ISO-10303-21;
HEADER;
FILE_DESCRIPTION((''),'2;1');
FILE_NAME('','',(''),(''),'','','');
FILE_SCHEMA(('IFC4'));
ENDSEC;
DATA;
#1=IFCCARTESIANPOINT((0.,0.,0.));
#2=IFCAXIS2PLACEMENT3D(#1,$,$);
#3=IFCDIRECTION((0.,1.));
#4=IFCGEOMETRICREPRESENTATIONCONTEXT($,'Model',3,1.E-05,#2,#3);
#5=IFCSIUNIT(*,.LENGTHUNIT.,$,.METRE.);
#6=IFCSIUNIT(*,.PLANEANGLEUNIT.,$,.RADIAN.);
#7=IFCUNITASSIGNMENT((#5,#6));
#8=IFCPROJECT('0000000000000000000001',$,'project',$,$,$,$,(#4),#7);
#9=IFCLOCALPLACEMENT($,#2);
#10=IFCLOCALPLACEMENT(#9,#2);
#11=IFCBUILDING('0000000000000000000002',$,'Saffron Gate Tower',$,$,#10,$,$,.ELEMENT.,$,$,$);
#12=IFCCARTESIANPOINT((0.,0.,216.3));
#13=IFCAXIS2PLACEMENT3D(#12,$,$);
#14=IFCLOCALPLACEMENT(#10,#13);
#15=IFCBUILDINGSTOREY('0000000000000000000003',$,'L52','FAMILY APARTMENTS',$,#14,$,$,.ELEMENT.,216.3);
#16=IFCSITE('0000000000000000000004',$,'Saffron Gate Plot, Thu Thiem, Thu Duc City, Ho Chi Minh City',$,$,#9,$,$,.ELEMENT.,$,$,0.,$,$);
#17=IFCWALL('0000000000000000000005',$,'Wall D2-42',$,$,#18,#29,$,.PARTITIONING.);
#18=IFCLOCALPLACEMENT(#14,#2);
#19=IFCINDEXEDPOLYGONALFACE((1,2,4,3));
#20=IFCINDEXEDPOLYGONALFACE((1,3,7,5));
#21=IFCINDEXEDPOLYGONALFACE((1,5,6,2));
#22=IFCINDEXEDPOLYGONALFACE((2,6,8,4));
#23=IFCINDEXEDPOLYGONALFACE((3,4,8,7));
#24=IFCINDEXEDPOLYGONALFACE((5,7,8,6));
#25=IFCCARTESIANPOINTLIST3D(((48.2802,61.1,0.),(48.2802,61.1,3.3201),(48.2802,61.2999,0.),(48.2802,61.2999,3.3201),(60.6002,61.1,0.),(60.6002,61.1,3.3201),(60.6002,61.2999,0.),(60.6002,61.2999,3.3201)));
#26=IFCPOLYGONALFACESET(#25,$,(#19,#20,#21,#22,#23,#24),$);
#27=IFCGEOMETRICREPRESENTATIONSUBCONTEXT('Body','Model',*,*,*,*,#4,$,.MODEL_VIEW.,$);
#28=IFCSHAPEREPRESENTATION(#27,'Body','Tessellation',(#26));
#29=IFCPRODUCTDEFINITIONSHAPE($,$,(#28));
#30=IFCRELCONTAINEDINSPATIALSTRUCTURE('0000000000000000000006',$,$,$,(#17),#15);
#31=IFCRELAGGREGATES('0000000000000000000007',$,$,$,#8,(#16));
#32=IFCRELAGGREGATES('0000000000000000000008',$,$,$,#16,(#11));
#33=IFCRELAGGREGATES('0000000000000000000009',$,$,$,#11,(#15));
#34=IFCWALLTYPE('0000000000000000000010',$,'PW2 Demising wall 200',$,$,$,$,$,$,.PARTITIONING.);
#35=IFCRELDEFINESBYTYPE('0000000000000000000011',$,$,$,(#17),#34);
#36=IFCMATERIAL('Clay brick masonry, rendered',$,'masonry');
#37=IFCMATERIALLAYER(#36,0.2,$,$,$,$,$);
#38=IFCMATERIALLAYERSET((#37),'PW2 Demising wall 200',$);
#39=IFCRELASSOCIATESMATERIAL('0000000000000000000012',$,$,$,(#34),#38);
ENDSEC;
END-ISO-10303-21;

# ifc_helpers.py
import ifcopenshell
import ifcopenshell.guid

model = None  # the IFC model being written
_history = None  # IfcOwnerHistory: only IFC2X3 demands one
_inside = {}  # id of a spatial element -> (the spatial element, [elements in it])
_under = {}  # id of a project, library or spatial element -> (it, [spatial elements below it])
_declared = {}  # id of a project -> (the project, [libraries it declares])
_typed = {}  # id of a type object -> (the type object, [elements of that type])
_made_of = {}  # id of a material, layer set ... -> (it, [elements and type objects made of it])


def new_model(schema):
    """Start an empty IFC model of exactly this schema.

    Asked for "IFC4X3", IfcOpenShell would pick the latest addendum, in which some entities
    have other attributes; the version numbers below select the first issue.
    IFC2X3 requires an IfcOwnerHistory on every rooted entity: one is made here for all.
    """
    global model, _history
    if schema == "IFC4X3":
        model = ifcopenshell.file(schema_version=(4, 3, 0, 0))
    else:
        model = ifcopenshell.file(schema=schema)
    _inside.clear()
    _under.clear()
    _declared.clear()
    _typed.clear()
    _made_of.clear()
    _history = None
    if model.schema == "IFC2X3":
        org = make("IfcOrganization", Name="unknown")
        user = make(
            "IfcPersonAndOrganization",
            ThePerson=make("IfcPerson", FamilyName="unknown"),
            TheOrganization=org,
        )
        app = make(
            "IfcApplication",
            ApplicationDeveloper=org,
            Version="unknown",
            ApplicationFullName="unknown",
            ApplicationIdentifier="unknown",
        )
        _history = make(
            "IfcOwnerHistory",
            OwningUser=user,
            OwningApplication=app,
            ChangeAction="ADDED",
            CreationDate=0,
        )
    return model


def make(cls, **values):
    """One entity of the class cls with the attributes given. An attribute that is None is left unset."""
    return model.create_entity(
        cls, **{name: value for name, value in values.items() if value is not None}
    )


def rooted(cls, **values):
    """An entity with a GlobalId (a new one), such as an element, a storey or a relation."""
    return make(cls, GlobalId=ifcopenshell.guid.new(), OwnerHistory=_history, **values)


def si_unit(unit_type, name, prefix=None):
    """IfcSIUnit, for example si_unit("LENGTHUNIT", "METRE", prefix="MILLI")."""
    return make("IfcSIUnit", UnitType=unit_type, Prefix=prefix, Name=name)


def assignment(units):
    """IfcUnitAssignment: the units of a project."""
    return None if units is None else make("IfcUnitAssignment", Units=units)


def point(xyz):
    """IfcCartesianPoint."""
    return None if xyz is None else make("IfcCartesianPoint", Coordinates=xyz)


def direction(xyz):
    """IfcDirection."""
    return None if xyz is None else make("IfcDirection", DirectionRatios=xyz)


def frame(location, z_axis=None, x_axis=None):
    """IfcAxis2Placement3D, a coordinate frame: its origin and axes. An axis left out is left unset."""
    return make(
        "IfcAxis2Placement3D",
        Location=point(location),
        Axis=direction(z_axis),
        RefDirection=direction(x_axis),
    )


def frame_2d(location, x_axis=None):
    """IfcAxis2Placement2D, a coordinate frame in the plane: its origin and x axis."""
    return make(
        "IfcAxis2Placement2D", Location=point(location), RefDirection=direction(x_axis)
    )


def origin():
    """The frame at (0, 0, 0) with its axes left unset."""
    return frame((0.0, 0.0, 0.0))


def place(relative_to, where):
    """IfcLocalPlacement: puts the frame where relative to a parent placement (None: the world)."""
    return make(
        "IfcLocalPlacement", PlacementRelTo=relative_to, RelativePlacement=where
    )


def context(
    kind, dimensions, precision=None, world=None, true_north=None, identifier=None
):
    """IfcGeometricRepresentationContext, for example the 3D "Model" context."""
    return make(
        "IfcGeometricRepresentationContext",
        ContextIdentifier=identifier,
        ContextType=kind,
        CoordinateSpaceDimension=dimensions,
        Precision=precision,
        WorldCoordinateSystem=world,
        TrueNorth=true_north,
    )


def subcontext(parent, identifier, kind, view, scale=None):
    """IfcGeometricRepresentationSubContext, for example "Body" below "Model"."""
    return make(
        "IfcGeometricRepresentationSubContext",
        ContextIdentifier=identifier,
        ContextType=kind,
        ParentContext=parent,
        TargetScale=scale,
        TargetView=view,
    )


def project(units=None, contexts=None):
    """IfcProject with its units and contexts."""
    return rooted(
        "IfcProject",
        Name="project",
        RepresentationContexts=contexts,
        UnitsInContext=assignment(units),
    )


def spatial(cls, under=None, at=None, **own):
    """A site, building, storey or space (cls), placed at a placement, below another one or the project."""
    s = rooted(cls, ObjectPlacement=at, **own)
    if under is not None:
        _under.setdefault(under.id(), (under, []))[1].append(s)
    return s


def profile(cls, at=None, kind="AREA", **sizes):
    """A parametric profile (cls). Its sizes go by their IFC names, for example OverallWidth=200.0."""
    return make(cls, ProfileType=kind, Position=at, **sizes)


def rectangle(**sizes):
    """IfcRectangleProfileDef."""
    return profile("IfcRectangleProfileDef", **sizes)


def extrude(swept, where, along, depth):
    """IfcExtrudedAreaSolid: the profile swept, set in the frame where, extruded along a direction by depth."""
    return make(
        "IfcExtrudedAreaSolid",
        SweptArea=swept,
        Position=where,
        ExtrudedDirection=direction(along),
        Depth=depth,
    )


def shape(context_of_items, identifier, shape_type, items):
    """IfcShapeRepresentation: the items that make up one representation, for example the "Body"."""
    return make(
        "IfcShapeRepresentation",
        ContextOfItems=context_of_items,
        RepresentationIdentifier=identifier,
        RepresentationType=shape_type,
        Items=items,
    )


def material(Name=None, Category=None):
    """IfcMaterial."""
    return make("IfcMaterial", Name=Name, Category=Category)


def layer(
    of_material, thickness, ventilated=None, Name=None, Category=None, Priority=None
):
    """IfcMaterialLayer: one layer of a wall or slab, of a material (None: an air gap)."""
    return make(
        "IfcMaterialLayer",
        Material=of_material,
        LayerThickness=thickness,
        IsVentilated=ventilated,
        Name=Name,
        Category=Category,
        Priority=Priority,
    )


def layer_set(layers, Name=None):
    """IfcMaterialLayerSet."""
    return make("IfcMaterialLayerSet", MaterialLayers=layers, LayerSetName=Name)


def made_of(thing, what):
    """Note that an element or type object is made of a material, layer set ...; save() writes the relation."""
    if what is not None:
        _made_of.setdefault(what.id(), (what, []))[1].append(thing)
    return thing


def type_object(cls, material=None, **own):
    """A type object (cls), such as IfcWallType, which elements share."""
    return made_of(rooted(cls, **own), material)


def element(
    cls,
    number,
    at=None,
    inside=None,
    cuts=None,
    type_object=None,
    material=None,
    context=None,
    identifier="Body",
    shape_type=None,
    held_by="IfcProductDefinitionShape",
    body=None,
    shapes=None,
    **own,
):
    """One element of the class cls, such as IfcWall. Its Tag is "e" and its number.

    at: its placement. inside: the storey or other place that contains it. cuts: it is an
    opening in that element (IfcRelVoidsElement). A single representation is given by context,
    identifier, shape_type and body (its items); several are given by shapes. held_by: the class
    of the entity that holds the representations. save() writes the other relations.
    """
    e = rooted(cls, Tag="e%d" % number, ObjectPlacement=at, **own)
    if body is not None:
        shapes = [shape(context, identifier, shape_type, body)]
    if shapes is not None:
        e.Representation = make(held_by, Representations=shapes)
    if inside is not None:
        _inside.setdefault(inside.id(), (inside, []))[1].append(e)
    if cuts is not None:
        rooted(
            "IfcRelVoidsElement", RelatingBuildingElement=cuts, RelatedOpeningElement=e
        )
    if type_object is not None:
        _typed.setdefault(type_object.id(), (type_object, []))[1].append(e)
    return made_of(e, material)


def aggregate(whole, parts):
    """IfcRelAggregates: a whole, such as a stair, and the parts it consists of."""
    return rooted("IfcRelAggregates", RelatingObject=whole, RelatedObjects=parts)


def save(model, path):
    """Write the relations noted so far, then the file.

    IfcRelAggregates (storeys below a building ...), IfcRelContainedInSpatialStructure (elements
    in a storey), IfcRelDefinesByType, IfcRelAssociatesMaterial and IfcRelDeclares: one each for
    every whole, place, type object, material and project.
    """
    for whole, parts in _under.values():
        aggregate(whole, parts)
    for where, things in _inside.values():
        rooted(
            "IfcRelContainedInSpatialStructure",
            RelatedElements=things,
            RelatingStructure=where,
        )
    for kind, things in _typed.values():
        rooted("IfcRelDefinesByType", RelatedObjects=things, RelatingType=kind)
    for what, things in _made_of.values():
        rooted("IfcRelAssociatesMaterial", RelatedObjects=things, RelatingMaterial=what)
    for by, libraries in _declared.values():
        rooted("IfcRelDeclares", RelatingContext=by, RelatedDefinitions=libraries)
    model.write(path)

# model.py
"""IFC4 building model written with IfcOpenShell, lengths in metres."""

from ifc_helpers import new_model, si_unit, direction, frame, frame_2d, origin, place, context, subcontext, project, spatial, rectangle, extrude, material, layer, layer_set, type_object, element, save


model = new_model("IFC4")

# Units and contexts
model_context = context("Model", 3, precision=1e-05, world=origin(), true_north=direction((0.0, 1.0)))
body_context = subcontext(model_context, "Body", "Model", "MODEL_VIEW")
ifc_project = project(units=[si_unit("LENGTHUNIT", "METRE"), si_unit("PLANEANGLEUNIT", "RADIAN")], contexts=[model_context])

# Site, building, storey
site_placement = place(None, origin())
site = spatial("IfcSite", under=ifc_project, at=site_placement, Name="Saffron Gate Plot, Thu Thiem, Thu Duc City, Ho Chi Minh City", CompositionType="ELEMENT", RefElevation=0.0)
building_placement = place(site_placement, origin())
building = spatial("IfcBuilding", under=site, at=building_placement, Name="Saffron Gate Tower", CompositionType="ELEMENT")
storey_placement = place(building_placement, frame((0.0, 0.0, 216.3)))
storey = spatial("IfcBuildingStorey", under=building, at=storey_placement, Name="L52", Description="FAMILY APARTMENTS", CompositionType="ELEMENT", Elevation=216.3)

# Wall
ifc_material_1 = material(Name="Clay brick masonry, rendered", Category="masonry")
ifc_layer_1 = layer(ifc_material_1, 0.2)
ifc_layer_set_1 = layer_set([ifc_layer_1], Name="PW2 Demising wall 200")
wall_type_1 = type_object("IfcWallType", Name="PW2 Demising wall 200", PredefinedType="PARTITIONING", material=ifc_layer_set_1)
wall_1_placement = place(storey_placement, frame((48.28, 61.2, 0.0), z_axis=(0.0, 0.0, 1.0), x_axis=(1.0, 0.0, 0.0)))
element("IfcWall", 1, at=wall_1_placement, inside=storey, type_object=wall_type_1, Name="Wall D2-42", PredefinedType="PARTITIONING", context=body_context, shape_type="SweptSolid", body=[
    extrude(rectangle(XDim=12.3201, YDim=0.2, at=frame_2d((6.1602, 0.0))), origin(), (0.0, 0.0, 1.0), 3.3201),
])

save(model, "model.ifc")
